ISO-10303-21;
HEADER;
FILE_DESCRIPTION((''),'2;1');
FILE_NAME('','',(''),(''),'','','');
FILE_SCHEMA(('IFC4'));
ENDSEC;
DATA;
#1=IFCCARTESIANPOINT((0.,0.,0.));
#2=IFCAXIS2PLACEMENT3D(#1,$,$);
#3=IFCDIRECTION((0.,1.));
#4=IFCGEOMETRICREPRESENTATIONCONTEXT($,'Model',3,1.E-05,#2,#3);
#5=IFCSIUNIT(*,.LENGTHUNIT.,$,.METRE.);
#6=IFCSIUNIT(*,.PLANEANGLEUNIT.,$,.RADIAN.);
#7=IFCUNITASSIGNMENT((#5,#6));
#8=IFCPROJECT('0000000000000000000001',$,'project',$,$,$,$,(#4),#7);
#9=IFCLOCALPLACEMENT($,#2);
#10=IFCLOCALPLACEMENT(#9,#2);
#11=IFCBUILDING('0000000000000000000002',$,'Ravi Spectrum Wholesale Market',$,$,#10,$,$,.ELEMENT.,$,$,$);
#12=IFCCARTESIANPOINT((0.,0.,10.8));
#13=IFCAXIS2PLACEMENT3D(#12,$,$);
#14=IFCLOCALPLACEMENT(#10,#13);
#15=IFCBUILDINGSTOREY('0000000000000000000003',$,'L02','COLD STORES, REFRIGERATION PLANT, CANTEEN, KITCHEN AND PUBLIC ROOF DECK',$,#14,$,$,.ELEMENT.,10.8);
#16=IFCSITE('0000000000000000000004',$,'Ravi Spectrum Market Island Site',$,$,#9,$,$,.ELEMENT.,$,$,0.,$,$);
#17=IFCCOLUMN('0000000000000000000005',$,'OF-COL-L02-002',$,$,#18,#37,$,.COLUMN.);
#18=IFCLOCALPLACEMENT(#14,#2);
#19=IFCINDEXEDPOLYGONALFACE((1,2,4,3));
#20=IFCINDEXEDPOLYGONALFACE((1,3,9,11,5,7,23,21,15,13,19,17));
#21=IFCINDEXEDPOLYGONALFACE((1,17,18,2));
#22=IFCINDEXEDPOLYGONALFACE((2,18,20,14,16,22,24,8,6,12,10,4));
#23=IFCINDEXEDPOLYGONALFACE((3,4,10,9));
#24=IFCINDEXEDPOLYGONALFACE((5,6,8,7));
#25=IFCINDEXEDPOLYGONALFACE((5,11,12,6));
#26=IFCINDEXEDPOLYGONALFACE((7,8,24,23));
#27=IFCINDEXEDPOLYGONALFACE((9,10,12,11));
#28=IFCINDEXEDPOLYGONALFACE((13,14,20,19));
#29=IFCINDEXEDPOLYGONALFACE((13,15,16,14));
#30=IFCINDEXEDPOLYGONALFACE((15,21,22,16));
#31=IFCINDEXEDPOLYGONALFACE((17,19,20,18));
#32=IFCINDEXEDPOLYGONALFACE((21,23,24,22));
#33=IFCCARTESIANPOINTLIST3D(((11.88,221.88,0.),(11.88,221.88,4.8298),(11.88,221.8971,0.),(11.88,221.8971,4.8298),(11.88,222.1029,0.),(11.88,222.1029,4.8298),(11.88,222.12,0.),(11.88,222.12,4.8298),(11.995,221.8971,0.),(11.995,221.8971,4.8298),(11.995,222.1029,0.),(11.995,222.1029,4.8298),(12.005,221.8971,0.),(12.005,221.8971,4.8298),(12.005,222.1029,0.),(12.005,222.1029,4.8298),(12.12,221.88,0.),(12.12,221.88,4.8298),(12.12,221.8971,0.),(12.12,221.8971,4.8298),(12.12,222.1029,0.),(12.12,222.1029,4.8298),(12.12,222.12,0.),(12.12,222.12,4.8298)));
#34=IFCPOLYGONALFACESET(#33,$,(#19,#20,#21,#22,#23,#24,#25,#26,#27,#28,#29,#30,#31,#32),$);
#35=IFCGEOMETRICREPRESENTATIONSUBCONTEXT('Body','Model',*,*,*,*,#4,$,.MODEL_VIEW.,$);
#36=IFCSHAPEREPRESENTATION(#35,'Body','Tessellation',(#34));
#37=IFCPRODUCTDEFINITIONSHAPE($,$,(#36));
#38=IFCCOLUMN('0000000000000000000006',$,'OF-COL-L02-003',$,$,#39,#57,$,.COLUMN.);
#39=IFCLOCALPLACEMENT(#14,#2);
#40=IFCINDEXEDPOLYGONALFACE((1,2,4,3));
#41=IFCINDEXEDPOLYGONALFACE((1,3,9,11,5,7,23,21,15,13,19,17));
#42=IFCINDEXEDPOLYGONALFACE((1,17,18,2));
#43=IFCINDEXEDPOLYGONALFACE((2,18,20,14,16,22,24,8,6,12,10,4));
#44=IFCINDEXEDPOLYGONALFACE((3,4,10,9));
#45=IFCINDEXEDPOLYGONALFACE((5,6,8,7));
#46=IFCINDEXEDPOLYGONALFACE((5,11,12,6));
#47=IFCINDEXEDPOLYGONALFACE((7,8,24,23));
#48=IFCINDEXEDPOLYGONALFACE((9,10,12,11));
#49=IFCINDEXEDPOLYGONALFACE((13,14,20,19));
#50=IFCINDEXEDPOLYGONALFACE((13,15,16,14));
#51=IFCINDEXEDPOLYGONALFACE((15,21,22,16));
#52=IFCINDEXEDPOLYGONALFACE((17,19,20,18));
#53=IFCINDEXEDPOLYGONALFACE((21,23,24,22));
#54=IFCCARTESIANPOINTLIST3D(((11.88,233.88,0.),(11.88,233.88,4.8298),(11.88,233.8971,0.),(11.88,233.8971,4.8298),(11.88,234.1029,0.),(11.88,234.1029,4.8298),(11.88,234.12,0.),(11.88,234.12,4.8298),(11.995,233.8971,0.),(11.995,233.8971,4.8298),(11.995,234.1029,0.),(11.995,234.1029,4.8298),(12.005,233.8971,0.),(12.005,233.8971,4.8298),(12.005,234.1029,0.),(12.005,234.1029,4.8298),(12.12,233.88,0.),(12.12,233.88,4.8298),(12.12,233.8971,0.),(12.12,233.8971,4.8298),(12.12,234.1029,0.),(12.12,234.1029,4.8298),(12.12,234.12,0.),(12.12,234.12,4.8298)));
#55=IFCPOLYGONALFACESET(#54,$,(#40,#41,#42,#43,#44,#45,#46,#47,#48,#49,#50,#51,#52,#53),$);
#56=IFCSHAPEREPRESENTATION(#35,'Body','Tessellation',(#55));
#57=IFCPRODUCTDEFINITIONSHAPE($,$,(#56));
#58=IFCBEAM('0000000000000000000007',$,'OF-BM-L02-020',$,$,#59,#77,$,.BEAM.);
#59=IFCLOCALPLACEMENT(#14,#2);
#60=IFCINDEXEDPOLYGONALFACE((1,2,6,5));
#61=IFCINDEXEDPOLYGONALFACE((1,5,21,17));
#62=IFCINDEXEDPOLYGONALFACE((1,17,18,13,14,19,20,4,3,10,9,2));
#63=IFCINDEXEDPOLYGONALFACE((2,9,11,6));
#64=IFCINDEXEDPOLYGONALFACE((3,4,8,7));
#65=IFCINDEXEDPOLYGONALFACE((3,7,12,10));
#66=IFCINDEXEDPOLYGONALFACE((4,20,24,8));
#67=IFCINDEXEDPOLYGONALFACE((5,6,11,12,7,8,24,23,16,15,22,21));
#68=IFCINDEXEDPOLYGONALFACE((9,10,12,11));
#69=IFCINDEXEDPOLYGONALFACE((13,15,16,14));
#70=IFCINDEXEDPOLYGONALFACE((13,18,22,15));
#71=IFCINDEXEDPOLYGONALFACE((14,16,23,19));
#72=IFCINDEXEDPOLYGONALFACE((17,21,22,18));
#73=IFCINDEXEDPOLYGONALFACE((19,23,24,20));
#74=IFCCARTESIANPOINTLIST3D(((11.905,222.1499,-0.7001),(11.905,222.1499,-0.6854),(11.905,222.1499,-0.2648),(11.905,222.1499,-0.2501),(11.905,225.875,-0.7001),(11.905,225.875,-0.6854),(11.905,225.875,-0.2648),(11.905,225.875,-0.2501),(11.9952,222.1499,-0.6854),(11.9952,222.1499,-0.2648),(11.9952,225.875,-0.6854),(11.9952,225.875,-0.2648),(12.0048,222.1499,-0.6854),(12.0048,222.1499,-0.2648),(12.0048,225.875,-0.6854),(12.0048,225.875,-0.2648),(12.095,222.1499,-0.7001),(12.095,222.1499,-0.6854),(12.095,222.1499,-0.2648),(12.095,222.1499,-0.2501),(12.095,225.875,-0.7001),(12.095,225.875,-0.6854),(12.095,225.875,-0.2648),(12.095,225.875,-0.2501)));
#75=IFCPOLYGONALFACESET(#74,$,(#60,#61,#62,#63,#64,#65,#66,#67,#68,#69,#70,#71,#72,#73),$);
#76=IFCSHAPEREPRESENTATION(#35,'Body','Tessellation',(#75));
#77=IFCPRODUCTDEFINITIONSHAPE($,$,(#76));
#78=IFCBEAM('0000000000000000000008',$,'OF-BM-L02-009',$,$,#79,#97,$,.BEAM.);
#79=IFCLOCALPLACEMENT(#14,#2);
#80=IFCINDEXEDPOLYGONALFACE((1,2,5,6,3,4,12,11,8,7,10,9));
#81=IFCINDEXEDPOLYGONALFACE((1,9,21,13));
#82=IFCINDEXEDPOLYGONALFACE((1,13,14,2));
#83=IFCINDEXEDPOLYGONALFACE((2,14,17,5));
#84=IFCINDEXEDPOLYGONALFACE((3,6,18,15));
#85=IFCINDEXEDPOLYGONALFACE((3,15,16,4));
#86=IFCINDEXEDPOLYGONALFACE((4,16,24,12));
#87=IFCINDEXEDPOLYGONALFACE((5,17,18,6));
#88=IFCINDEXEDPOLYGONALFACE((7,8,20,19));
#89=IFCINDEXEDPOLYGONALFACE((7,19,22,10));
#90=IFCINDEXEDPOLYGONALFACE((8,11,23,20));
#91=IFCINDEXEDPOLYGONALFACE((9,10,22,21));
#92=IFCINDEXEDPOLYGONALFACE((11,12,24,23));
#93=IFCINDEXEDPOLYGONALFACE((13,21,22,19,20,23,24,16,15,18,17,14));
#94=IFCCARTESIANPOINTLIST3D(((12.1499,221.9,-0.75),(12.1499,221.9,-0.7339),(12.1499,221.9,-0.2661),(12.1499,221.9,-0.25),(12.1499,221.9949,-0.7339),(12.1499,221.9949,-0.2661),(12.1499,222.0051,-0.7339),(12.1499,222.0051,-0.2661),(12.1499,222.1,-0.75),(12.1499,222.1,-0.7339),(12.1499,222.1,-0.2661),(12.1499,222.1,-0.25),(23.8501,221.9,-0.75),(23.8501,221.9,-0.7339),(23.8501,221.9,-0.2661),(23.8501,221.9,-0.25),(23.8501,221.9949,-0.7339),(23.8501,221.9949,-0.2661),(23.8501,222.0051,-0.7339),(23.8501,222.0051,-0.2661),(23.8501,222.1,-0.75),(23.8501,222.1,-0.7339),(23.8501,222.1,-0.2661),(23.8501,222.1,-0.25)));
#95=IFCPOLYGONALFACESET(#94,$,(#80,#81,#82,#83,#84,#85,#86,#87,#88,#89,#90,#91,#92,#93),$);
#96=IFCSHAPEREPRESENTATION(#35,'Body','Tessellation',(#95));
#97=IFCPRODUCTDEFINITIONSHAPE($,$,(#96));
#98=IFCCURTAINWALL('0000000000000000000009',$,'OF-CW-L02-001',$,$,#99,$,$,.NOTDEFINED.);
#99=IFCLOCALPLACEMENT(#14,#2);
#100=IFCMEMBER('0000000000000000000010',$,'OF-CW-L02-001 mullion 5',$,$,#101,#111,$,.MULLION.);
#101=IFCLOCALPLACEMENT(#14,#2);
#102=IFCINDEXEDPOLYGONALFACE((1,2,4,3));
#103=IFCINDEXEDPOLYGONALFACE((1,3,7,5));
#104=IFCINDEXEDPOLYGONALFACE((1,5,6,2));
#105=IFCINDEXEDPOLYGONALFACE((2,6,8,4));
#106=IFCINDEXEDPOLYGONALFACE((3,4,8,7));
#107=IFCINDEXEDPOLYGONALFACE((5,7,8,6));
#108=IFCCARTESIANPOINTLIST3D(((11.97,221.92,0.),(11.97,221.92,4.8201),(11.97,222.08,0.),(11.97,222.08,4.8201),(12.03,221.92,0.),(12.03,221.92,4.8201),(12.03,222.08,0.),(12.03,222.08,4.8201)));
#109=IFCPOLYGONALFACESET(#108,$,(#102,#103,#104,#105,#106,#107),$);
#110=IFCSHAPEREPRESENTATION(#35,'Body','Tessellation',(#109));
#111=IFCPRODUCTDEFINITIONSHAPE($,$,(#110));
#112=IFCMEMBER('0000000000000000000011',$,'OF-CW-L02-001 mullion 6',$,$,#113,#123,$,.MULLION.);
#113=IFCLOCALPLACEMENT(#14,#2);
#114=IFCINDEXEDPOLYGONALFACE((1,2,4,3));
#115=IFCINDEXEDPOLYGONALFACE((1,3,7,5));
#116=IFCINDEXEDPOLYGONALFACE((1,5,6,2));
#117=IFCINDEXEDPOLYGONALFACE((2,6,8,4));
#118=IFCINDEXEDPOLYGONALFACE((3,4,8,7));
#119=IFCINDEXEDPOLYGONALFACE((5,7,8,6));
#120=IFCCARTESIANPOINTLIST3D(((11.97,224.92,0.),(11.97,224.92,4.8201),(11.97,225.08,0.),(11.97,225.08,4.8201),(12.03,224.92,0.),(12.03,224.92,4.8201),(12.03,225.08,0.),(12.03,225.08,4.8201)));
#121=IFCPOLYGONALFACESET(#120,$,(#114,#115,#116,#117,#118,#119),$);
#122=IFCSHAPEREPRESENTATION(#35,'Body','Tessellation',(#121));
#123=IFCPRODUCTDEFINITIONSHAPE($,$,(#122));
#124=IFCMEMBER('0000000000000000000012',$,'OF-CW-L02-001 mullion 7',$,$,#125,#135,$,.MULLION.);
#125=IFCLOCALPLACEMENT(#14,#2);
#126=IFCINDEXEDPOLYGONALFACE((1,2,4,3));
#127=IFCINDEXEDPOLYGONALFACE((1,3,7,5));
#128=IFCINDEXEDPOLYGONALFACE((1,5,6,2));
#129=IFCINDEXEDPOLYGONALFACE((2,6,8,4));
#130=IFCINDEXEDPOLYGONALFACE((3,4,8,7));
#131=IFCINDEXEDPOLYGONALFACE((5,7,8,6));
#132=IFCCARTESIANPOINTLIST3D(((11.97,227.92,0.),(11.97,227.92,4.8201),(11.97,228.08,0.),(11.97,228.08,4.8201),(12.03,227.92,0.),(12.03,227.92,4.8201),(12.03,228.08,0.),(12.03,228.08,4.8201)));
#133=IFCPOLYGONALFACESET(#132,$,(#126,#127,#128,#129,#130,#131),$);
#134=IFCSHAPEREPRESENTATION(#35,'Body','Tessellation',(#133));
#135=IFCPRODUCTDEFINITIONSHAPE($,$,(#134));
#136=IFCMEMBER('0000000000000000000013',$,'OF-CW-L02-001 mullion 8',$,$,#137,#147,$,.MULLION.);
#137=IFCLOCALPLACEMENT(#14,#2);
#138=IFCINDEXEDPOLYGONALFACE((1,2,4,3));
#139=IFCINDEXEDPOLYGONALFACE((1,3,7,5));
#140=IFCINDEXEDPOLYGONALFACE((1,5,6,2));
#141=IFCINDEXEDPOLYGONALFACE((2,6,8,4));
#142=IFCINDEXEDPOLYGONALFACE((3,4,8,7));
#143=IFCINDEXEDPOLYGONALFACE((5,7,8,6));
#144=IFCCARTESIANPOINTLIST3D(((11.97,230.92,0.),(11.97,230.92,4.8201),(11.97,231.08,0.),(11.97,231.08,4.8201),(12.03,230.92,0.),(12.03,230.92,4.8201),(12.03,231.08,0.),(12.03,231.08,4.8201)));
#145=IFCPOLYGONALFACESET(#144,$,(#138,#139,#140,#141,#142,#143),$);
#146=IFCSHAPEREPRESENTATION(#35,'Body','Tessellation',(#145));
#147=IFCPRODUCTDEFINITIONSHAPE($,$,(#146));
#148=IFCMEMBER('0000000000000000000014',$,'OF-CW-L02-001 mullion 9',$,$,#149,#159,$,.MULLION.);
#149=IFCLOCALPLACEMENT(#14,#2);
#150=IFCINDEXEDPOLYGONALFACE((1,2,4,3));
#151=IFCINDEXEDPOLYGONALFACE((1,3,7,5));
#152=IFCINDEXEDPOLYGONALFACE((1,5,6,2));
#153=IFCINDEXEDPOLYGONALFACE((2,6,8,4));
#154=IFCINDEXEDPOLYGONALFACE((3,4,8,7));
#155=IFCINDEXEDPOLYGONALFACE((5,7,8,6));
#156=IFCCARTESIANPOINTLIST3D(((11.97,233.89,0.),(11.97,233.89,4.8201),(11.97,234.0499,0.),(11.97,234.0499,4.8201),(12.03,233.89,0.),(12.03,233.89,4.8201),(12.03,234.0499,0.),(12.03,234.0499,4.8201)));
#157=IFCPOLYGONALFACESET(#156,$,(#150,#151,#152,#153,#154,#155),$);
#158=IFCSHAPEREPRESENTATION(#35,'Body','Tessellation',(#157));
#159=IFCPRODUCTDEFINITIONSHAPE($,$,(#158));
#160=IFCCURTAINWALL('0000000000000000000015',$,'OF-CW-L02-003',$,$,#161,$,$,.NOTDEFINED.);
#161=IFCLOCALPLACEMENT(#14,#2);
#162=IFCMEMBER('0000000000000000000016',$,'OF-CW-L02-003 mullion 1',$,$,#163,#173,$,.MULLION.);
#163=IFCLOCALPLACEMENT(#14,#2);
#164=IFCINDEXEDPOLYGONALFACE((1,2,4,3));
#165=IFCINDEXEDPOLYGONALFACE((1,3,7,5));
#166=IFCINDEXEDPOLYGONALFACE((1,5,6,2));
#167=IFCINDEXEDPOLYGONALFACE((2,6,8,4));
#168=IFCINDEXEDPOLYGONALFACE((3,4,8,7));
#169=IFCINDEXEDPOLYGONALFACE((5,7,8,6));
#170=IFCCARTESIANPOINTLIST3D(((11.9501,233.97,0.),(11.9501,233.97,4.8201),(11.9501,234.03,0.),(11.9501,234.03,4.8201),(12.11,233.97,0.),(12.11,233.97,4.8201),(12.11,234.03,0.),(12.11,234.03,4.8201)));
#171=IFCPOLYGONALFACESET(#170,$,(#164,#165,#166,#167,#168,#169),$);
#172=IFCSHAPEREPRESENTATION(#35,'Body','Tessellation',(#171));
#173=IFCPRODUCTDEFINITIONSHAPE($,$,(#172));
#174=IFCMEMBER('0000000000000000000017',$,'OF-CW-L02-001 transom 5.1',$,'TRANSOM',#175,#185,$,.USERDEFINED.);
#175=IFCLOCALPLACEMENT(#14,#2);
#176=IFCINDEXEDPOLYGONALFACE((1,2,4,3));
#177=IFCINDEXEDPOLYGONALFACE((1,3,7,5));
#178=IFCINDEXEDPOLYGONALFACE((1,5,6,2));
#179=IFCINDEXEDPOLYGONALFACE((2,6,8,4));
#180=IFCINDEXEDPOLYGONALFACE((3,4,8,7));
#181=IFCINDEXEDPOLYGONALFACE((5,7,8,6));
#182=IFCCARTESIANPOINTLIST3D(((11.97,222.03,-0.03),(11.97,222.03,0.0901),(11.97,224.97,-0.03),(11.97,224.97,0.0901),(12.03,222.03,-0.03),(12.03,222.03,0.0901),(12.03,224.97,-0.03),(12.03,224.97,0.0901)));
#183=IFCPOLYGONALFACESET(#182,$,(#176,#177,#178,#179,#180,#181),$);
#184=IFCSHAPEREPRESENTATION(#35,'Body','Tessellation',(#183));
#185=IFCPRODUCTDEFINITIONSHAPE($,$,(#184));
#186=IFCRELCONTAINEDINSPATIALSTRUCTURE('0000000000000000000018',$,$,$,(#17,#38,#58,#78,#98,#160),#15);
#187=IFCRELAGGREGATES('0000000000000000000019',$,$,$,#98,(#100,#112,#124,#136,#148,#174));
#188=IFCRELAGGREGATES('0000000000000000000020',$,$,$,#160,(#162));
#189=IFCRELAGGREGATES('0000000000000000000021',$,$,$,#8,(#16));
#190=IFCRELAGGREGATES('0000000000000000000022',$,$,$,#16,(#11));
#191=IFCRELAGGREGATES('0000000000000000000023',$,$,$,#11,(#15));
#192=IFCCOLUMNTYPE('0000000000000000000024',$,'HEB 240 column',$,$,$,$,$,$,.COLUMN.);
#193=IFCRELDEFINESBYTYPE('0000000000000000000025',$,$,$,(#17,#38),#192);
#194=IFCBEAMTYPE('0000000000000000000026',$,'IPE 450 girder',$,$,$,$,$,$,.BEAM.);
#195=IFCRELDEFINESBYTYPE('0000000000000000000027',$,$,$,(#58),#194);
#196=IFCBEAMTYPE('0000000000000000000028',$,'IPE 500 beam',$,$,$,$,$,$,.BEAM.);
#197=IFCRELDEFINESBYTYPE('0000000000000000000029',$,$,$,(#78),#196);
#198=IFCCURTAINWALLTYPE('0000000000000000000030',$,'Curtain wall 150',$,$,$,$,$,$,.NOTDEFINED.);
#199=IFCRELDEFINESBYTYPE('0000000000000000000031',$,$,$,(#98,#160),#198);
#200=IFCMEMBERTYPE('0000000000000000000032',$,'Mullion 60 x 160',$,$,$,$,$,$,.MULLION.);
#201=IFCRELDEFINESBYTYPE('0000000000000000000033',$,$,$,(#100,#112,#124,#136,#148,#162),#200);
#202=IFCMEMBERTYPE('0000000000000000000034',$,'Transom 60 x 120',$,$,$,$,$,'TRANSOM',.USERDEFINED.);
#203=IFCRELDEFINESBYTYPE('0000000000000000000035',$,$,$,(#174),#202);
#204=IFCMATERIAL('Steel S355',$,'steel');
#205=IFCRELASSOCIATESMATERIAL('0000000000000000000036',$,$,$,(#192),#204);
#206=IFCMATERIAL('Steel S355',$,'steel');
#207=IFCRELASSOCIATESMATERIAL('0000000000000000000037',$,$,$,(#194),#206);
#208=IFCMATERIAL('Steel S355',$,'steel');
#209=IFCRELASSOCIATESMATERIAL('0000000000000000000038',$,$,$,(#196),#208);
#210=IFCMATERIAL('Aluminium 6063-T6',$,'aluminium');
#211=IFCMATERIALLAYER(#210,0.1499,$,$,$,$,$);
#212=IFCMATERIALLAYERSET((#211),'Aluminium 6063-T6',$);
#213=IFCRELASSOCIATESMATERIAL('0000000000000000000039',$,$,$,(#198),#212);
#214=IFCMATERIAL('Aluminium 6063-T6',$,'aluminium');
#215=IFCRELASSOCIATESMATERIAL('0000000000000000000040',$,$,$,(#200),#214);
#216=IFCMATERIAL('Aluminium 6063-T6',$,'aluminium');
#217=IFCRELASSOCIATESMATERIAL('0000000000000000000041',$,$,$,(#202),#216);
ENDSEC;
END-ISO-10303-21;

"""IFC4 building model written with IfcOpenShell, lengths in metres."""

from ifc_helpers import new_model, si_unit, direction, frame, origin, origin_2d, place, context, subcontext, project, spatial, rectangle, i_section, extrude, material, layer, layer_set, material_profile, profile_set, type_object, element, aggregate, save


model = new_model("IFC4")

# Units and contexts
model_context = context("Model", 3, precision=1e-05, world=origin(), true_north=direction((0.0, 1.0)))
body_context = subcontext(model_context, "Body", "Model", "MODEL_VIEW")
ifc_project = project(units=[si_unit("LENGTHUNIT", "METRE"), si_unit("PLANEANGLEUNIT", "RADIAN")], contexts=[model_context])

# Site, building, storey
site_placement = place(None, origin())
site = spatial("IfcSite", under=ifc_project, at=site_placement, Name="Ravi Spectrum Market Island Site", CompositionType="ELEMENT", RefElevation=0.0)
building_placement = place(site_placement, origin())
building = spatial("IfcBuilding", under=site, at=building_placement, Name="Ravi Spectrum Wholesale Market", CompositionType="ELEMENT")
storey_placement = place(building_placement, frame((0.0, 0.0, 10.8)))
storey = spatial("IfcBuildingStorey", under=building, at=storey_placement, Name="L02", Description="COLD STORES, REFRIGERATION PLANT, CANTEEN, KITCHEN AND PUBLIC ROOF DECK", CompositionType="ELEMENT", Elevation=10.8)

# Columns
ifc_material_1 = material(Name="Steel S355", Category="steel")
ifc_material_profile_1 = material_profile(ifc_material_1, i_section(OverallWidth=0.24, OverallDepth=0.24, WebThickness=0.01, FlangeThickness=0.0171, at=origin_2d()))
ifc_profile_set_1 = profile_set([ifc_material_profile_1], Name="Steel S355")
column_type = type_object("IfcColumnType", Name="HEB 240 column", PredefinedType="COLUMN", material=ifc_profile_set_1)
for number, where, z_axis, x_axis, name in (
    (1, (12.0, 222.0, 0.0), (0.0, 0.0, 1.0), (1.0, 0.0, 0.0), "OF-COL-L02-002"),
    (2, (12.0, 234.0, 0.0), (0.0, 0.0, 1.0), (1.0, 0.0, 0.0), "OF-COL-L02-003"),
):
    element("IfcColumn", number, at=place(storey_placement, frame(where, z_axis=z_axis, x_axis=x_axis)), inside=storey, type_object=column_type, Name=name, PredefinedType="COLUMN", context=body_context, shape_type="SweptSolid", body=[
        extrude(i_section(OverallWidth=0.24, OverallDepth=0.24, WebThickness=0.01, FlangeThickness=0.0171, at=origin_2d()), origin(), (0.0, 0.0, 1.0), 4.8298),
    ])

# Beams
ifc_material_2 = material(Name="Steel S355", Category="steel")
ifc_material_profile_2 = material_profile(ifc_material_2, i_section(OverallWidth=0.1899, OverallDepth=0.45, WebThickness=0.0095, FlangeThickness=0.0146, at=origin_2d()))
ifc_profile_set_2 = profile_set([ifc_material_profile_2], Name="Steel S355")
beam_type_1 = type_object("IfcBeamType", Name="IPE 450 girder", PredefinedType="BEAM", material=ifc_profile_set_2)
beam_1_placement = place(storey_placement, frame((12.0, 222.1499, -0.4751), z_axis=(0.0, 1.0, 0.0), x_axis=(-1.0, 0.0, 0.0)))
element("IfcBeam", 3, at=beam_1_placement, inside=storey, type_object=beam_type_1, Name="OF-BM-L02-020", PredefinedType="BEAM", context=body_context, shape_type="SweptSolid", body=[
    extrude(i_section(OverallWidth=0.1899, OverallDepth=0.45, WebThickness=0.0095, FlangeThickness=0.0146, at=origin_2d()), origin(), (0.0, 0.0, 1.0), 3.7251),
])
ifc_material_3 = material(Name="Steel S355", Category="steel")
ifc_material_profile_3 = material_profile(ifc_material_3, i_section(OverallWidth=0.2, OverallDepth=0.5, WebThickness=0.0103, FlangeThickness=0.0161, at=origin_2d()))
ifc_profile_set_3 = profile_set([ifc_material_profile_3], Name="Steel S355")
beam_type_2 = type_object("IfcBeamType", Name="IPE 500 beam", PredefinedType="BEAM", material=ifc_profile_set_3)
beam_2_placement = place(storey_placement, frame((12.1499, 222.0, -0.5), z_axis=(1.0, 0.0, 0.0), x_axis=(0.0, 1.0, 0.0)))
element("IfcBeam", 4, at=beam_2_placement, inside=storey, type_object=beam_type_2, Name="OF-BM-L02-009", PredefinedType="BEAM", context=body_context, shape_type="SweptSolid", body=[
    extrude(i_section(OverallWidth=0.2, OverallDepth=0.5, WebThickness=0.0103, FlangeThickness=0.0161, at=origin_2d()), origin(), (0.0, 0.0, 1.0), 11.7002),
])

# Curtain wall, members
ifc_material_4 = material(Name="Aluminium 6063-T6", Category="aluminium")
ifc_layer_1 = layer(ifc_material_4, 0.1499)
ifc_layer_set_1 = layer_set([ifc_layer_1], Name="Aluminium 6063-T6")
curtain_wall_type = type_object("IfcCurtainWallType", Name="Curtain wall 150", PredefinedType="NOTDEFINED", material=ifc_layer_set_1)
curtain_wall_1_placement = place(storey_placement, origin())
curtain_wall_1 = element("IfcCurtainWall", 5, at=curtain_wall_1_placement, inside=storey, type_object=curtain_wall_type, Name="OF-CW-L02-001", PredefinedType="NOTDEFINED")
ifc_material_5 = material(Name="Aluminium 6063-T6", Category="aluminium")
ifc_material_profile_4 = material_profile(ifc_material_5, rectangle(XDim=0.0601, YDim=0.1599, at=origin_2d()))
ifc_profile_set_4 = profile_set([ifc_material_profile_4], Name="Aluminium 6063-T6")
member_type_1 = type_object("IfcMemberType", Name="Mullion 60 x 160", PredefinedType="MULLION", material=ifc_profile_set_4)
member_1_placement = place(storey_placement, frame((12.0, 222.0, 0.0), z_axis=(0.0, 0.0, 1.0), x_axis=(-1.0, 0.0, 0.0)))
member_1 = element("IfcMember", 6, at=member_1_placement, type_object=member_type_1, Name="OF-CW-L02-001 mullion 5", PredefinedType="MULLION", context=body_context, shape_type="SweptSolid", body=[
    extrude(rectangle(XDim=0.0601, YDim=0.1599, at=origin_2d()), origin(), (0.0, 0.0, 1.0), 4.8201),
])
member_2_placement = place(storey_placement, frame((12.0, 225.0, 0.0), z_axis=(0.0, 0.0, 1.0), x_axis=(-1.0, 0.0, 0.0)))
member_2 = element("IfcMember", 7, at=member_2_placement, type_object=member_type_1, Name="OF-CW-L02-001 mullion 6", PredefinedType="MULLION", context=body_context, shape_type="SweptSolid", body=[
    extrude(rectangle(XDim=0.0601, YDim=0.1599, at=origin_2d()), origin(), (0.0, 0.0, 1.0), 4.8201),
])
member_3_placement = place(storey_placement, frame((12.0, 228.0, 0.0), z_axis=(0.0, 0.0, 1.0), x_axis=(-1.0, 0.0, 0.0)))
member_3 = element("IfcMember", 8, at=member_3_placement, type_object=member_type_1, Name="OF-CW-L02-001 mullion 7", PredefinedType="MULLION", context=body_context, shape_type="SweptSolid", body=[
    extrude(rectangle(XDim=0.0601, YDim=0.1599, at=origin_2d()), origin(), (0.0, 0.0, 1.0), 4.8201),
])
member_4_placement = place(storey_placement, frame((12.0, 231.0, 0.0), z_axis=(0.0, 0.0, 1.0), x_axis=(-1.0, 0.0, 0.0)))
member_4 = element("IfcMember", 9, at=member_4_placement, type_object=member_type_1, Name="OF-CW-L02-001 mullion 8", PredefinedType="MULLION", context=body_context, shape_type="SweptSolid", body=[
    extrude(rectangle(XDim=0.0601, YDim=0.1599, at=origin_2d()), origin(), (0.0, 0.0, 1.0), 4.8201),
])
member_5_placement = place(storey_placement, frame((12.0, 233.97, 0.0), z_axis=(0.0, 0.0, 1.0), x_axis=(-1.0, 0.0, 0.0)))
member_5 = element("IfcMember", 10, at=member_5_placement, type_object=member_type_1, Name="OF-CW-L02-001 mullion 9", PredefinedType="MULLION", context=body_context, shape_type="SweptSolid", body=[
    extrude(rectangle(XDim=0.0601, YDim=0.1599, at=origin_2d()), origin(), (0.0, 0.0, 1.0), 4.8201),
])

# Curtain wall, member
curtain_wall_2_placement = place(storey_placement, origin())
curtain_wall_2 = element("IfcCurtainWall", 11, at=curtain_wall_2_placement, inside=storey, type_object=curtain_wall_type, Name="OF-CW-L02-003", PredefinedType="NOTDEFINED")
member_6_placement = place(storey_placement, frame((12.03, 234.0, 0.0), z_axis=(0.0, 0.0, 1.0), x_axis=(0.0, 1.0, 0.0)))
member_6 = element("IfcMember", 12, at=member_6_placement, type_object=member_type_1, Name="OF-CW-L02-003 mullion 1", PredefinedType="MULLION", context=body_context, shape_type="SweptSolid", body=[
    extrude(rectangle(XDim=0.0601, YDim=0.1599, at=origin_2d()), origin(), (0.0, 0.0, 1.0), 4.8201),
])

# Member
ifc_material_6 = material(Name="Aluminium 6063-T6", Category="aluminium")
ifc_material_profile_5 = material_profile(ifc_material_6, rectangle(XDim=0.0601, YDim=0.1201, at=origin_2d()))
ifc_profile_set_5 = profile_set([ifc_material_profile_5], Name="Aluminium 6063-T6")
member_type_2 = type_object("IfcMemberType", Name="Transom 60 x 120", ElementType="TRANSOM", PredefinedType="USERDEFINED", material=ifc_profile_set_5)
member_7_placement = place(storey_placement, frame((12.0, 222.03, 0.03), z_axis=(0.0, 1.0, 0.0), x_axis=(-1.0, 0.0, 0.0)))
member_7 = element("IfcMember", 13, at=member_7_placement, type_object=member_type_2, Name="OF-CW-L02-001 transom 5.1", ObjectType="TRANSOM", PredefinedType="USERDEFINED", context=body_context, shape_type="SweptSolid", body=[
    extrude(rectangle(XDim=0.0601, YDim=0.1201, at=origin_2d()), origin(), (0.0, 0.0, 1.0), 2.9399),
])

aggregate(curtain_wall_1, [member_1, member_2, member_3, member_4, member_5, member_7])
aggregate(curtain_wall_2, [member_6])

save(model, "model.ifc")
